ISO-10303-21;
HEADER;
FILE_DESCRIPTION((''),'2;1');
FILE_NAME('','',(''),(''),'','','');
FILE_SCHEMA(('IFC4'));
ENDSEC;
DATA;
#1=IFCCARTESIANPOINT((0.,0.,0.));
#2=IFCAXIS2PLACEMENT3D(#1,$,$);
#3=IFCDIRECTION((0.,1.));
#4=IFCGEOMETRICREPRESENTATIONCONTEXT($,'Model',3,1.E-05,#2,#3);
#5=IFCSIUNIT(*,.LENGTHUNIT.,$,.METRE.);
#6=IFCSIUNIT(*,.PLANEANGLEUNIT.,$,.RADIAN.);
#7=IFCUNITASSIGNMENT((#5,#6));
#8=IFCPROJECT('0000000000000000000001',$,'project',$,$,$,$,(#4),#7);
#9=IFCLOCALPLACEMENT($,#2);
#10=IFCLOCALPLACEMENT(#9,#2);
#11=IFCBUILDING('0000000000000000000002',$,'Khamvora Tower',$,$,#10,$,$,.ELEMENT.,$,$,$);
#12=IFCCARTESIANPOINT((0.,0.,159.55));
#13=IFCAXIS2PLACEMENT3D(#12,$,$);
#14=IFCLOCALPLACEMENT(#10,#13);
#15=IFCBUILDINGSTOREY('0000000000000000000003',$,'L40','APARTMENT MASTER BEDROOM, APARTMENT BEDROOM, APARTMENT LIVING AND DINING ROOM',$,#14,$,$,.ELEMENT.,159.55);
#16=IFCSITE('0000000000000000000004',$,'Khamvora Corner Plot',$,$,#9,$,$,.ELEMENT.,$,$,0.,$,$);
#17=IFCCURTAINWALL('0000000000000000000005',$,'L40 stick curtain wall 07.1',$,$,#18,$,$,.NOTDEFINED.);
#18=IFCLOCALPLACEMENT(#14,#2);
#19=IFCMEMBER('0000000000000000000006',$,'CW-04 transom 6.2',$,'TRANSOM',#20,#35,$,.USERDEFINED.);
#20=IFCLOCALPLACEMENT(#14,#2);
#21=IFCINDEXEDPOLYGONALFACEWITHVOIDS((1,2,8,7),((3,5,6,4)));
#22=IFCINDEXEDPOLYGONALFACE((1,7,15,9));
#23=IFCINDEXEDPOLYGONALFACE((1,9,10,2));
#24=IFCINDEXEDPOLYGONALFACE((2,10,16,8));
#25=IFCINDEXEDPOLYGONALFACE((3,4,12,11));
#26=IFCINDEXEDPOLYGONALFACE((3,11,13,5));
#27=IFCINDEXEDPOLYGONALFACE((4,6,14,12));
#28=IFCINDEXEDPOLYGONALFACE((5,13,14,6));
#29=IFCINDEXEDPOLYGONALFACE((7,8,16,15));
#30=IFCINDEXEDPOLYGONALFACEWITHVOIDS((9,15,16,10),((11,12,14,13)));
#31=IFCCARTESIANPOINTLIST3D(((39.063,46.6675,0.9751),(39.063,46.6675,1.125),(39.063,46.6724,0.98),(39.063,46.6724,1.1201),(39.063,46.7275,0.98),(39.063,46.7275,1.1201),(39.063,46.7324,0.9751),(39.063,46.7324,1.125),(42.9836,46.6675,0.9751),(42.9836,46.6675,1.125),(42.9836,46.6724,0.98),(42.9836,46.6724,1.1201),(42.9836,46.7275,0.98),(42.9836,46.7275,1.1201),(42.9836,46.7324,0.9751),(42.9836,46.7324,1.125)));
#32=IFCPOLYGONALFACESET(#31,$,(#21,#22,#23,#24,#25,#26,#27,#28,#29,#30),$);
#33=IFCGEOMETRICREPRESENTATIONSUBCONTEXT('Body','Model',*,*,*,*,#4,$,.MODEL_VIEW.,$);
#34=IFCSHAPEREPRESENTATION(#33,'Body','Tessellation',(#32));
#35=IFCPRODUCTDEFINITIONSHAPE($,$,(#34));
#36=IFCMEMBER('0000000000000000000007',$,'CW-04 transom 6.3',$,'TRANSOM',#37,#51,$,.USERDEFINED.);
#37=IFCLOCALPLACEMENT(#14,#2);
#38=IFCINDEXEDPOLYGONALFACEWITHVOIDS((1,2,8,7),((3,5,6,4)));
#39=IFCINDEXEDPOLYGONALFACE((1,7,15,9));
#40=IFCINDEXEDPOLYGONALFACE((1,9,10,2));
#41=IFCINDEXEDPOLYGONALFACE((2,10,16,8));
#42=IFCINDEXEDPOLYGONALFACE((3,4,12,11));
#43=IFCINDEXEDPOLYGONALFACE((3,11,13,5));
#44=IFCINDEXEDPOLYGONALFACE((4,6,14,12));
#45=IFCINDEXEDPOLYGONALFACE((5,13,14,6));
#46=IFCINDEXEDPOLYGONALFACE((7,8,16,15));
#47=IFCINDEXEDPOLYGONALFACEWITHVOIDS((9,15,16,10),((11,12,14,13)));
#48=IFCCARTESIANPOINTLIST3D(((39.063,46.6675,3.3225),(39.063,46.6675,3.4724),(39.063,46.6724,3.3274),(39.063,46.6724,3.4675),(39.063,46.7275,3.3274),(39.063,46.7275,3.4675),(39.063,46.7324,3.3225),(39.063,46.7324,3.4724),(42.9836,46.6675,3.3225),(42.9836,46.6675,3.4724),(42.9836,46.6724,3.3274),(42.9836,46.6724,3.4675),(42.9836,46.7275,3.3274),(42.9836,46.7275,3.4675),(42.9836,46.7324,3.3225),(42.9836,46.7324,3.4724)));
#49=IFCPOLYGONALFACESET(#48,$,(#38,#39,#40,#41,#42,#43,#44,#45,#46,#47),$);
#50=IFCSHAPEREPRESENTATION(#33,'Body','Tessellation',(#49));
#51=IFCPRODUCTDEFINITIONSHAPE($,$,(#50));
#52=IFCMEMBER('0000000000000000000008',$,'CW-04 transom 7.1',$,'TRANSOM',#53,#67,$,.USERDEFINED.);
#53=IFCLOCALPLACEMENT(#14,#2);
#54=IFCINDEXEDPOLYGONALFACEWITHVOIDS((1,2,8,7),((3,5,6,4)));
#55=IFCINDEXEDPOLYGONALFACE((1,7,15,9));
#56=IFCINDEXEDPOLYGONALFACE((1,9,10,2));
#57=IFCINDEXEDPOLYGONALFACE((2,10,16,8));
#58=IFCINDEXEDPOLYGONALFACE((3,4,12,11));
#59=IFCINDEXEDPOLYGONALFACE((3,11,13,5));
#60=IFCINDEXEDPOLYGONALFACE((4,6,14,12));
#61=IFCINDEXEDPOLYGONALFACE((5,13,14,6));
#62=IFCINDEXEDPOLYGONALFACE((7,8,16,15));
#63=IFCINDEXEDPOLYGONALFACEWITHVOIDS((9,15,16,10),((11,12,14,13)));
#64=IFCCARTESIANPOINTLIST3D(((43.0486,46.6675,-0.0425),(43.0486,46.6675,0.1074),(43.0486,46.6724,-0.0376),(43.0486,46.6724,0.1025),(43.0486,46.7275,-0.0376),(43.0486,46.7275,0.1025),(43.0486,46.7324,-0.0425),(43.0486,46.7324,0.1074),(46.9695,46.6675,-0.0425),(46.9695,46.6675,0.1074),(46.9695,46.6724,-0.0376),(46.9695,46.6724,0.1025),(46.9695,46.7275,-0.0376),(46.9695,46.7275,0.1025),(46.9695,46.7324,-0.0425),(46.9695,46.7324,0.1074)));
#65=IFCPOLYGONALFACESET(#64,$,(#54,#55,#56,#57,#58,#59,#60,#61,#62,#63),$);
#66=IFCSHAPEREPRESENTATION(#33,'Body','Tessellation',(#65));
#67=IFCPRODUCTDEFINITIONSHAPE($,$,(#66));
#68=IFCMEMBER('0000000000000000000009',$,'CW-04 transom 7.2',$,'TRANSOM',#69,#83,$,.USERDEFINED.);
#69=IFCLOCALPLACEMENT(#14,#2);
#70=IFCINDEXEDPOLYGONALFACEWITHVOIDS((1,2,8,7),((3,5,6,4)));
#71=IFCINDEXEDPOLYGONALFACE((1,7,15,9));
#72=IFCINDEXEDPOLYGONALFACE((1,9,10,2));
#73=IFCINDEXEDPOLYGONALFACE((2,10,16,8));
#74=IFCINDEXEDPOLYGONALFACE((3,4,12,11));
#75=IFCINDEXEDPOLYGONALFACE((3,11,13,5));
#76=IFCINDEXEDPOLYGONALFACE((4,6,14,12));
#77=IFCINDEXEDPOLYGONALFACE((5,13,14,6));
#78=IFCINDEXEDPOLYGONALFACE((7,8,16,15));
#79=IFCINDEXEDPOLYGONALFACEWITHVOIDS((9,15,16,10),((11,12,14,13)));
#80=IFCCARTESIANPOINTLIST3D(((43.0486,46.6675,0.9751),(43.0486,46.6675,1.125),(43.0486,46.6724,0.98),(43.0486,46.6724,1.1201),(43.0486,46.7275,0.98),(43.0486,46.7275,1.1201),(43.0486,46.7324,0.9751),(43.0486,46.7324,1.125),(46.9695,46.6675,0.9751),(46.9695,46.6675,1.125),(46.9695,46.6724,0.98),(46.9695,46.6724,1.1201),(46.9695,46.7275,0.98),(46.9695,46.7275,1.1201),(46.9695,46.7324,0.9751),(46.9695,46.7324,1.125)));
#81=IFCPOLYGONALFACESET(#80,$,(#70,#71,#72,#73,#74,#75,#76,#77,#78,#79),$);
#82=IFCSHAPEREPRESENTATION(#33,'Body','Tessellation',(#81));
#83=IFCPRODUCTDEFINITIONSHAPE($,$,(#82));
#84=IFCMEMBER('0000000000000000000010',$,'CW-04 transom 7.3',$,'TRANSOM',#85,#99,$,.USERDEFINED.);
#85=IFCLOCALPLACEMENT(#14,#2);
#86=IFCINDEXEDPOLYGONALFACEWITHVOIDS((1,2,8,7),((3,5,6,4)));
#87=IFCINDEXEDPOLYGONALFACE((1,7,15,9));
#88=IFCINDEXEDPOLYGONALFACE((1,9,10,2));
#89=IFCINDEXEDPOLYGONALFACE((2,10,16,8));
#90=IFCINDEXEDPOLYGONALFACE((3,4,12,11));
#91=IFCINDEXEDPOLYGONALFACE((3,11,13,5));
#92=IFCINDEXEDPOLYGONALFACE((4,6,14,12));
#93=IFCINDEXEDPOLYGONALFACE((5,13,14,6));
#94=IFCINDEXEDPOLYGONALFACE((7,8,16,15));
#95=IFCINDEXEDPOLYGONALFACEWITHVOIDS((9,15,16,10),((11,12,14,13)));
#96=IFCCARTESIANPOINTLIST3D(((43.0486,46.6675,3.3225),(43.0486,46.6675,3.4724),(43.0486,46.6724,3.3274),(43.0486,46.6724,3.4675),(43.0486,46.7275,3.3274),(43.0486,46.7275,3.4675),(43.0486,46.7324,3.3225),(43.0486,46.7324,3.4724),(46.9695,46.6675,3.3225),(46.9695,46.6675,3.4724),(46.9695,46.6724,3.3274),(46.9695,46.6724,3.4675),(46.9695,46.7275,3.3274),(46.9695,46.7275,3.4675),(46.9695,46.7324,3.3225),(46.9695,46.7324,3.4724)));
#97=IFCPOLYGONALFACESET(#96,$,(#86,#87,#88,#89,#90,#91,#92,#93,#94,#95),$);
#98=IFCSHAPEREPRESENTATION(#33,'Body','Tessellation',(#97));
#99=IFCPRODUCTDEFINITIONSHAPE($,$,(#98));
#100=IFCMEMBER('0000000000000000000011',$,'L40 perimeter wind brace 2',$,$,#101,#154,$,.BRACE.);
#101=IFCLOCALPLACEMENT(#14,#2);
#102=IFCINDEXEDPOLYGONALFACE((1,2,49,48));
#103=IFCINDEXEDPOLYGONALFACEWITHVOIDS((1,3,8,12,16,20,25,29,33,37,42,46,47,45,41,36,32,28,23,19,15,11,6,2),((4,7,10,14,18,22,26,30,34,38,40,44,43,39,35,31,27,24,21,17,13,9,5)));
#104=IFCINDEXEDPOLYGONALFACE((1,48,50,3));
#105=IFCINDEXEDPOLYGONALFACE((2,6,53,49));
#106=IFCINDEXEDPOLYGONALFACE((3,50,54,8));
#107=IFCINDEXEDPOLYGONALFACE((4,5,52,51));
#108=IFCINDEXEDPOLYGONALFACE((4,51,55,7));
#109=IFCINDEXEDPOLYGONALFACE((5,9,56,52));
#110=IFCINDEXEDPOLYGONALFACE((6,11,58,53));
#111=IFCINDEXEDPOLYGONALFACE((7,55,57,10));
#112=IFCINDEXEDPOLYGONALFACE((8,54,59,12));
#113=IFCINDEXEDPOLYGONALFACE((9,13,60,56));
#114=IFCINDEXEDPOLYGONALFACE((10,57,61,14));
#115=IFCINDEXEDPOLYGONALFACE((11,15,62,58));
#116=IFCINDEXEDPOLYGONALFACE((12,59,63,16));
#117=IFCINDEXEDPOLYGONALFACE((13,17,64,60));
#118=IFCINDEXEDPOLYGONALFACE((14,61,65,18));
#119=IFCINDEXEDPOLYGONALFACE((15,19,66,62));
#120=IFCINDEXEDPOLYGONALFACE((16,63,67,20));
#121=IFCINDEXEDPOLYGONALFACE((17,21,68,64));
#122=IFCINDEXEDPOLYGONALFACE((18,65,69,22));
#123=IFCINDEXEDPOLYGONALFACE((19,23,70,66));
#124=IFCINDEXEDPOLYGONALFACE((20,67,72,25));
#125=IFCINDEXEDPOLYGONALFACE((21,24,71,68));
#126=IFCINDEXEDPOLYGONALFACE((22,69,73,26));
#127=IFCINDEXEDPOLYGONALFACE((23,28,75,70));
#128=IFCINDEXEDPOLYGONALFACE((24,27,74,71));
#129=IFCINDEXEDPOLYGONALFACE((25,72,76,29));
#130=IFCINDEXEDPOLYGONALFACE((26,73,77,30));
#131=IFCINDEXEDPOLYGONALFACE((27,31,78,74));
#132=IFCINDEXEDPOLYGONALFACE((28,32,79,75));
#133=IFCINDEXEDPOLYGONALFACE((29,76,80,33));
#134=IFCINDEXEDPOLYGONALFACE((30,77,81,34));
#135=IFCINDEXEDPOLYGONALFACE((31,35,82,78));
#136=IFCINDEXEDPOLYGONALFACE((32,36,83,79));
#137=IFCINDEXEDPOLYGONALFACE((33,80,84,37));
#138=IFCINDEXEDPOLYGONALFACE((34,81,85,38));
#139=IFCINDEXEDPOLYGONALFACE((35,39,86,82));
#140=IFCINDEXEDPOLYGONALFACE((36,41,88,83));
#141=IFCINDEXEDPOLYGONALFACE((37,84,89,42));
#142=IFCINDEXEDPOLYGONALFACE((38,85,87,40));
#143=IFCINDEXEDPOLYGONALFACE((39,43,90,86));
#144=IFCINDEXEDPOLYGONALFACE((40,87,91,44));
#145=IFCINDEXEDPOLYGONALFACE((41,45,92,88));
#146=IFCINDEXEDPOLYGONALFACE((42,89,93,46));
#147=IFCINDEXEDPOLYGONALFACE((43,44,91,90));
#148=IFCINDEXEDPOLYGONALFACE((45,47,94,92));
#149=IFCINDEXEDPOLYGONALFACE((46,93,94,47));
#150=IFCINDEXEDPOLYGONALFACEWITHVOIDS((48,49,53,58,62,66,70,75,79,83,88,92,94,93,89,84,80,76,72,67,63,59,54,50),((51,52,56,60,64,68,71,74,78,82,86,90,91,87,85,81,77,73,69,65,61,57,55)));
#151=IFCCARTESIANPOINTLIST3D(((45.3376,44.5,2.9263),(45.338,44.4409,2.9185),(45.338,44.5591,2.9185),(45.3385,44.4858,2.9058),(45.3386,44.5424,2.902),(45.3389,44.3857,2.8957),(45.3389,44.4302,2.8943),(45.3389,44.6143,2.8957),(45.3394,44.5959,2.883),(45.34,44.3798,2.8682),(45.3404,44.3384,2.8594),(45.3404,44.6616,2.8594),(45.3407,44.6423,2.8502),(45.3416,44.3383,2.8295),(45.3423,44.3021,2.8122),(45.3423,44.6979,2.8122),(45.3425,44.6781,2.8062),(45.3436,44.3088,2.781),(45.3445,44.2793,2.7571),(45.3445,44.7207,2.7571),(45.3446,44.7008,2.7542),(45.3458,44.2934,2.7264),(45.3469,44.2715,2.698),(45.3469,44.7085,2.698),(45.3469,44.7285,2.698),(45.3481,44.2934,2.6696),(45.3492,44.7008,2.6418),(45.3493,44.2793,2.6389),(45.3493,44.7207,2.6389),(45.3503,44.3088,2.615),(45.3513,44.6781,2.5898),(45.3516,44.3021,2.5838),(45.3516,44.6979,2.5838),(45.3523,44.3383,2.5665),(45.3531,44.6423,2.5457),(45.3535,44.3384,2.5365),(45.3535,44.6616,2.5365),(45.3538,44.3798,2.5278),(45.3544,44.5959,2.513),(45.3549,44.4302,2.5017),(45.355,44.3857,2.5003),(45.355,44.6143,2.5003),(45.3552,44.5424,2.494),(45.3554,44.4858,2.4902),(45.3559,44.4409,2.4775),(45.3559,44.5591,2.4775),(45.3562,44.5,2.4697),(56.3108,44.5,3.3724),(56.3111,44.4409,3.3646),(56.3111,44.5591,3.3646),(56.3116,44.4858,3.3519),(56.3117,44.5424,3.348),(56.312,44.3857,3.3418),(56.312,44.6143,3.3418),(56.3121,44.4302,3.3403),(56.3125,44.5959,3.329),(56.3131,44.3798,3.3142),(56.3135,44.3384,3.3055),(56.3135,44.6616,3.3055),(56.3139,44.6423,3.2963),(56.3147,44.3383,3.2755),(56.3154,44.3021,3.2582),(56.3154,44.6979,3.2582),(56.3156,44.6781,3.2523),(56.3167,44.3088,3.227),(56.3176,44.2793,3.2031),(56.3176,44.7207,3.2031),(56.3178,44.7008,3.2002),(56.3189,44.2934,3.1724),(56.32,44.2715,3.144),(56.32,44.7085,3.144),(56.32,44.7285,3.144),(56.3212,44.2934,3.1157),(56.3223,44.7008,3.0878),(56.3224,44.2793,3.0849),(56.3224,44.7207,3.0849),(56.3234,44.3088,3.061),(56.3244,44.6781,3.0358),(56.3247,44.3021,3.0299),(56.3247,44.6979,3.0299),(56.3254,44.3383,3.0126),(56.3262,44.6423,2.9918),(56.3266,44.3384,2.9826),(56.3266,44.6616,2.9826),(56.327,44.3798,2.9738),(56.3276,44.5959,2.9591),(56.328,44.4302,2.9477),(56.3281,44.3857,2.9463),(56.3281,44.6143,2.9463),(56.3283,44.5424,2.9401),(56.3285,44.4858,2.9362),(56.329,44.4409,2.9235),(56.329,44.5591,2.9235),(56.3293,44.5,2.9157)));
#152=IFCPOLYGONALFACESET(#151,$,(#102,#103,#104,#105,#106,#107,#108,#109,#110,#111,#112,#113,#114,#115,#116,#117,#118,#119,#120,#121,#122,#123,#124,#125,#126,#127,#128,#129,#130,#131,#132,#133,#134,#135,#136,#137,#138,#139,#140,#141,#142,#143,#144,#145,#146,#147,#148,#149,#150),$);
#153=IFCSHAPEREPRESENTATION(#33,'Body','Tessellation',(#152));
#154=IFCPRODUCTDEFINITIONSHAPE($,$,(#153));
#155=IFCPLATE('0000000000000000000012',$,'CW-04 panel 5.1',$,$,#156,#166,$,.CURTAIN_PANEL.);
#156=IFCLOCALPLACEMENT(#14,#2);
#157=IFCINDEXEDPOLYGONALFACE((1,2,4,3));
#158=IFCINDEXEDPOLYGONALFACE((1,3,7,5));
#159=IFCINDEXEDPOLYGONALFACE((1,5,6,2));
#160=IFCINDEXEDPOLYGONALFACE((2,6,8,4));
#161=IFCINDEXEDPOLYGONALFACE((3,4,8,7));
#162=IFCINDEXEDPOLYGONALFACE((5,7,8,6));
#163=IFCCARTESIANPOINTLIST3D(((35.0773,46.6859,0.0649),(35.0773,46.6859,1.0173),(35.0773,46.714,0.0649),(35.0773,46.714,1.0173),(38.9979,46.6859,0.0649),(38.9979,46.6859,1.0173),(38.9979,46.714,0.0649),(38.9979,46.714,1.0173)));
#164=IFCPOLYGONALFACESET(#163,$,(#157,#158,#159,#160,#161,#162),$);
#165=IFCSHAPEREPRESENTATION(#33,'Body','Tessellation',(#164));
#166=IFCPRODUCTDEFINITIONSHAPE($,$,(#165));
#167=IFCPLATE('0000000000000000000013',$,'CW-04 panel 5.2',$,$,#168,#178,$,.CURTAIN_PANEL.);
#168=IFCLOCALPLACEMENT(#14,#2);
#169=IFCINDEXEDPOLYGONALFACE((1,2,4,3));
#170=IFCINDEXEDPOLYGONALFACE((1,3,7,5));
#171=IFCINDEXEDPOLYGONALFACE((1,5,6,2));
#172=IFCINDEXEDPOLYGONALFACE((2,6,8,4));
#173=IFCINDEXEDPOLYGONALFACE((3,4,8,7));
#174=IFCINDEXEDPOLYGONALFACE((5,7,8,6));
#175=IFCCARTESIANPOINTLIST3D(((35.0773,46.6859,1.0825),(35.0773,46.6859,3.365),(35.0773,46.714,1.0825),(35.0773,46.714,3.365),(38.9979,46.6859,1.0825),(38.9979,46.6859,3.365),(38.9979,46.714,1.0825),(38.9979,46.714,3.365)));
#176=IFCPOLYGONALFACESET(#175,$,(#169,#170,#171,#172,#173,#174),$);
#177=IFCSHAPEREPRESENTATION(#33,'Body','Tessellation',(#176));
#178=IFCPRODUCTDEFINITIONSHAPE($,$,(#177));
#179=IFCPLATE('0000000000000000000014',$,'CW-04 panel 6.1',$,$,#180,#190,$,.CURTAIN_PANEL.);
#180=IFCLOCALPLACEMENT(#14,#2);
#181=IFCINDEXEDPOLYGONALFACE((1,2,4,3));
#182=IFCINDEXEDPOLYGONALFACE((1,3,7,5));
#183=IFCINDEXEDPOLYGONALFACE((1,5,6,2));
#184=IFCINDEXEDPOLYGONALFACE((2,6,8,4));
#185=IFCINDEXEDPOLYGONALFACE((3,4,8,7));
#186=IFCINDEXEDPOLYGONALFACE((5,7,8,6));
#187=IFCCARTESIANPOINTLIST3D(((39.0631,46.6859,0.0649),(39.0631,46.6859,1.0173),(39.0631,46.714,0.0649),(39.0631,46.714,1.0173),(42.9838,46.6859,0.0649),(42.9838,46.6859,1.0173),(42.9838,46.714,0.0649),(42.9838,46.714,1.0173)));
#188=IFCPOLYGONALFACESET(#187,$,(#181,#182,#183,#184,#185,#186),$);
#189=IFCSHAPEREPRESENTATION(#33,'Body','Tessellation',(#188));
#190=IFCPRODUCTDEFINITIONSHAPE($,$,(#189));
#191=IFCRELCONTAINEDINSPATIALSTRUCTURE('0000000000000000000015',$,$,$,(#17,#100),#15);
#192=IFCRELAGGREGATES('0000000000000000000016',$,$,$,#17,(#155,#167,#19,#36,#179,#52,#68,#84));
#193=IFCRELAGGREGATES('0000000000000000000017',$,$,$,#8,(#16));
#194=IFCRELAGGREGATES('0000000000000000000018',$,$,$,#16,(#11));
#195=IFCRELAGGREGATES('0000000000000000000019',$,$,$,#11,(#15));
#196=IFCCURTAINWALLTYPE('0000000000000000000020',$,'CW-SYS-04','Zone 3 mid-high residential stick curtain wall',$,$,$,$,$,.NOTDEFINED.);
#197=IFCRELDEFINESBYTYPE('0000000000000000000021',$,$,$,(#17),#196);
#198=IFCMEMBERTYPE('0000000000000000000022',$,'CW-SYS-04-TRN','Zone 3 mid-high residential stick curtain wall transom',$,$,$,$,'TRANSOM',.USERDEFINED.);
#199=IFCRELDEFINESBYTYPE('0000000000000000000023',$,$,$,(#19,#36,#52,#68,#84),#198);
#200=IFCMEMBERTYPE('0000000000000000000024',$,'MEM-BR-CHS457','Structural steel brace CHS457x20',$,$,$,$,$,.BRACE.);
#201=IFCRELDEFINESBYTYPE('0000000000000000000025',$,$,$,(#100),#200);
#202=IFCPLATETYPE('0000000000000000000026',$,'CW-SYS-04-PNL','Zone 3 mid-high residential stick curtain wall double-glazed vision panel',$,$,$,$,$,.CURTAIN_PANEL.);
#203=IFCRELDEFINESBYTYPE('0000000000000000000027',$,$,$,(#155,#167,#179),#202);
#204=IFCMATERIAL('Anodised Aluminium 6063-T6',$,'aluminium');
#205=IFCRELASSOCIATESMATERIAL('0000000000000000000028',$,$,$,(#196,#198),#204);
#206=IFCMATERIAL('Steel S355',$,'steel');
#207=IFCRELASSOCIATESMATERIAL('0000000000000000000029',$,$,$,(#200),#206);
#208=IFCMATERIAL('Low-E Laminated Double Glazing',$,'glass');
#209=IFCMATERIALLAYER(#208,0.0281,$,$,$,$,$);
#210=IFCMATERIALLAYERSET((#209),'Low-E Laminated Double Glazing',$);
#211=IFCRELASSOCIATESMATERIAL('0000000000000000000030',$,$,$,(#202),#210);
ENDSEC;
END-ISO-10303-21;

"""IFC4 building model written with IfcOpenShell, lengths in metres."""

from ifc_helpers import new_model, si_unit, direction, frame, origin, origin_2d, place, context, subcontext, project, spatial, rectangle, hollow_rectangle, hollow_circle, extrude, material, layer, layer_set, material_profile, profile_set, type_object, element, aggregate, save


model = new_model("IFC4")

# Units and contexts
model_context = context("Model", 3, precision=1e-05, world=origin(), true_north=direction((0.0, 1.0)))
body_context = subcontext(model_context, "Body", "Model", "MODEL_VIEW")
ifc_project = project(units=[si_unit("LENGTHUNIT", "METRE"), si_unit("PLANEANGLEUNIT", "RADIAN")], contexts=[model_context])

# Site, building, storey
site_placement = place(None, origin())
site = spatial("IfcSite", under=ifc_project, at=site_placement, Name="Khamvora Corner Plot", CompositionType="ELEMENT", RefElevation=0.0)
building_placement = place(site_placement, origin())
building = spatial("IfcBuilding", under=site, at=building_placement, Name="Khamvora Tower", CompositionType="ELEMENT")
storey_placement = place(building_placement, frame((0.0, 0.0, 159.55)))
storey = spatial("IfcBuildingStorey", under=building, at=storey_placement, Name="L40", Description="APARTMENT MASTER BEDROOM, APARTMENT BEDROOM, APARTMENT LIVING AND DINING ROOM", CompositionType="ELEMENT", Elevation=159.55)

# Shared definitions
ifc_material_1 = material(Name="Steel S355", Category="steel")

# Curtain wall, members
ifc_material_2 = material(Name="Anodised Aluminium 6063-T6", Category="aluminium")
curtain_wall_type = type_object("IfcCurtainWallType", Name="CW-SYS-04", Description="Zone 3 mid-high residential stick curtain wall", PredefinedType="NOTDEFINED", material=ifc_material_2)
curtain_wall_placement = place(storey_placement, origin())
curtain_wall = element("IfcCurtainWall", 1, at=curtain_wall_placement, inside=storey, type_object=curtain_wall_type, Name="L40 stick curtain wall 07.1", PredefinedType="NOTDEFINED")
ifc_material_profile_1 = material_profile(ifc_material_2, hollow_rectangle(XDim=0.0649, YDim=0.1499, WallThickness=0.0049, at=origin_2d()), Name="TRN65x150x5")
ifc_profile_set_1 = profile_set([ifc_material_profile_1], Name="Anodised Aluminium 6063-T6")
member_type_1 = type_object("IfcMemberType", Name="CW-SYS-04-TRN", Description="Zone 3 mid-high residential stick curtain wall transom", ElementType="TRANSOM", PredefinedType="USERDEFINED", material=ifc_profile_set_1)
member_1_placement = place(storey_placement, frame((39.063, 46.7, 1.05), z_axis=(1.0, 0.0, 0.0), x_axis=(0.0, 1.0, 0.0)))
member_1 = element("IfcMember", 2, at=member_1_placement, type_object=member_type_1, Name="CW-04 transom 6.2", ObjectType="TRANSOM", PredefinedType="USERDEFINED", context=body_context, shape_type="SweptSolid", body=[
    extrude(hollow_rectangle(XDim=0.0649, YDim=0.1499, WallThickness=0.0049, at=origin_2d()), origin(), (0.0, 0.0, 1.0), 3.9207),
])
member_2_placement = place(storey_placement, frame((39.063, 46.7, 3.3975), z_axis=(1.0, 0.0, 0.0), x_axis=(0.0, 1.0, 0.0)))
member_2 = element("IfcMember", 3, at=member_2_placement, type_object=member_type_1, Name="CW-04 transom 6.3", ObjectType="TRANSOM", PredefinedType="USERDEFINED", context=body_context, shape_type="SweptSolid", body=[
    extrude(hollow_rectangle(XDim=0.0649, YDim=0.1499, WallThickness=0.0049, at=origin_2d()), origin(), (0.0, 0.0, 1.0), 3.9207),
])
member_3_placement = place(storey_placement, frame((43.0486, 46.7, 0.0325), z_axis=(1.0, 0.0, 0.0), x_axis=(0.0, 1.0, 0.0)))
member_3 = element("IfcMember", 4, at=member_3_placement, type_object=member_type_1, Name="CW-04 transom 7.1", ObjectType="TRANSOM", PredefinedType="USERDEFINED", context=body_context, shape_type="SweptSolid", body=[
    extrude(hollow_rectangle(XDim=0.0649, YDim=0.1499, WallThickness=0.0049, at=origin_2d()), origin(), (0.0, 0.0, 1.0), 3.9209),
])
member_4_placement = place(storey_placement, frame((43.0486, 46.7, 1.05), z_axis=(1.0, 0.0, 0.0), x_axis=(0.0, 1.0, 0.0)))
member_4 = element("IfcMember", 5, at=member_4_placement, type_object=member_type_1, Name="CW-04 transom 7.2", ObjectType="TRANSOM", PredefinedType="USERDEFINED", context=body_context, shape_type="SweptSolid", body=[
    extrude(hollow_rectangle(XDim=0.0649, YDim=0.1499, WallThickness=0.0049, at=origin_2d()), origin(), (0.0, 0.0, 1.0), 3.9209),
])
member_5_placement = place(storey_placement, frame((43.0486, 46.7, 3.3975), z_axis=(1.0, 0.0, 0.0), x_axis=(0.0, 1.0, 0.0)))
member_5 = element("IfcMember", 6, at=member_5_placement, type_object=member_type_1, Name="CW-04 transom 7.3", ObjectType="TRANSOM", PredefinedType="USERDEFINED", context=body_context, shape_type="SweptSolid", body=[
    extrude(hollow_rectangle(XDim=0.0649, YDim=0.1499, WallThickness=0.0049, at=origin_2d()), origin(), (0.0, 0.0, 1.0), 3.9209),
])

# Member
ifc_material_profile_2 = material_profile(ifc_material_1, hollow_circle(Radius=0.2285, WallThickness=0.02, at=origin_2d()), Name="CHS457x20")
ifc_profile_set_2 = profile_set([ifc_material_profile_2], Name="Steel S355")
member_type_2 = type_object("IfcMemberType", Name="MEM-BR-CHS457", Description="Structural steel brace CHS457x20", PredefinedType="BRACE", material=ifc_profile_set_2)
member_6_placement = place(storey_placement, frame((45.3469, 44.5, 2.698), z_axis=(0.999175, 0.0, 0.040615), x_axis=(0.0, 1.0, 0.0)))
element("IfcMember", 7, at=member_6_placement, inside=storey, type_object=member_type_2, Name="L40 perimeter wind brace 2", PredefinedType="BRACE", context=body_context, shape_type="SweptSolid", body=[
    extrude(hollow_circle(Radius=0.2285, WallThickness=0.02, at=origin_2d()), origin(), (0.0, 0.0, 1.0), 10.9822),
])

# Plates
ifc_material_3 = material(Name="Low-E Laminated Double Glazing", Category="glass")
ifc_layer_1 = layer(ifc_material_3, 0.0281)
ifc_layer_set_1 = layer_set([ifc_layer_1], Name="Low-E Laminated Double Glazing")
plate_type_1 = type_object("IfcPlateType", Name="CW-SYS-04-PNL", Description="Zone 3 mid-high residential stick curtain wall double-glazed vision panel", PredefinedType="CURTAIN_PANEL", material=ifc_layer_set_1)
plate_1_placement = place(storey_placement, frame((37.0376, 46.7, 0.0649), z_axis=(0.0, 0.0, 1.0), x_axis=(1.0, 0.0, 0.0)))
plate_1 = element("IfcPlate", 8, at=plate_1_placement, type_object=plate_type_1, Name="CW-04 panel 5.1", PredefinedType="CURTAIN_PANEL", context=body_context, shape_type="SweptSolid", body=[
    extrude(rectangle(XDim=3.9207, YDim=0.0281, at=origin_2d()), origin(), (0.0, 0.0, 1.0), 0.9524),
])
plate_2_placement = place(storey_placement, frame((37.0376, 46.7, 1.0825), z_axis=(0.0, 0.0, 1.0), x_axis=(1.0, 0.0, 0.0)))
plate_2 = element("IfcPlate", 9, at=plate_2_placement, type_object=plate_type_1, Name="CW-04 panel 5.2", PredefinedType="CURTAIN_PANEL", context=body_context, shape_type="SweptSolid", body=[
    extrude(rectangle(XDim=3.9207, YDim=0.0281, at=origin_2d()), origin(), (0.0, 0.0, 1.0), 2.2825),
])
plate_3_placement = place(storey_placement, frame((41.0234, 46.7, 0.0649), z_axis=(0.0, 0.0, 1.0), x_axis=(1.0, 0.0, 0.0)))
plate_3 = element("IfcPlate", 10, at=plate_3_placement, type_object=plate_type_1, Name="CW-04 panel 6.1", PredefinedType="CURTAIN_PANEL", context=body_context, shape_type="SweptSolid", body=[
    extrude(rectangle(XDim=3.9207, YDim=0.0281, at=origin_2d()), origin(), (0.0, 0.0, 1.0), 0.9524),
])
aggregate(curtain_wall, [plate_1, plate_2, member_1, member_2, plate_3, member_3, member_4, member_5])

save(model, "model.ifc")
